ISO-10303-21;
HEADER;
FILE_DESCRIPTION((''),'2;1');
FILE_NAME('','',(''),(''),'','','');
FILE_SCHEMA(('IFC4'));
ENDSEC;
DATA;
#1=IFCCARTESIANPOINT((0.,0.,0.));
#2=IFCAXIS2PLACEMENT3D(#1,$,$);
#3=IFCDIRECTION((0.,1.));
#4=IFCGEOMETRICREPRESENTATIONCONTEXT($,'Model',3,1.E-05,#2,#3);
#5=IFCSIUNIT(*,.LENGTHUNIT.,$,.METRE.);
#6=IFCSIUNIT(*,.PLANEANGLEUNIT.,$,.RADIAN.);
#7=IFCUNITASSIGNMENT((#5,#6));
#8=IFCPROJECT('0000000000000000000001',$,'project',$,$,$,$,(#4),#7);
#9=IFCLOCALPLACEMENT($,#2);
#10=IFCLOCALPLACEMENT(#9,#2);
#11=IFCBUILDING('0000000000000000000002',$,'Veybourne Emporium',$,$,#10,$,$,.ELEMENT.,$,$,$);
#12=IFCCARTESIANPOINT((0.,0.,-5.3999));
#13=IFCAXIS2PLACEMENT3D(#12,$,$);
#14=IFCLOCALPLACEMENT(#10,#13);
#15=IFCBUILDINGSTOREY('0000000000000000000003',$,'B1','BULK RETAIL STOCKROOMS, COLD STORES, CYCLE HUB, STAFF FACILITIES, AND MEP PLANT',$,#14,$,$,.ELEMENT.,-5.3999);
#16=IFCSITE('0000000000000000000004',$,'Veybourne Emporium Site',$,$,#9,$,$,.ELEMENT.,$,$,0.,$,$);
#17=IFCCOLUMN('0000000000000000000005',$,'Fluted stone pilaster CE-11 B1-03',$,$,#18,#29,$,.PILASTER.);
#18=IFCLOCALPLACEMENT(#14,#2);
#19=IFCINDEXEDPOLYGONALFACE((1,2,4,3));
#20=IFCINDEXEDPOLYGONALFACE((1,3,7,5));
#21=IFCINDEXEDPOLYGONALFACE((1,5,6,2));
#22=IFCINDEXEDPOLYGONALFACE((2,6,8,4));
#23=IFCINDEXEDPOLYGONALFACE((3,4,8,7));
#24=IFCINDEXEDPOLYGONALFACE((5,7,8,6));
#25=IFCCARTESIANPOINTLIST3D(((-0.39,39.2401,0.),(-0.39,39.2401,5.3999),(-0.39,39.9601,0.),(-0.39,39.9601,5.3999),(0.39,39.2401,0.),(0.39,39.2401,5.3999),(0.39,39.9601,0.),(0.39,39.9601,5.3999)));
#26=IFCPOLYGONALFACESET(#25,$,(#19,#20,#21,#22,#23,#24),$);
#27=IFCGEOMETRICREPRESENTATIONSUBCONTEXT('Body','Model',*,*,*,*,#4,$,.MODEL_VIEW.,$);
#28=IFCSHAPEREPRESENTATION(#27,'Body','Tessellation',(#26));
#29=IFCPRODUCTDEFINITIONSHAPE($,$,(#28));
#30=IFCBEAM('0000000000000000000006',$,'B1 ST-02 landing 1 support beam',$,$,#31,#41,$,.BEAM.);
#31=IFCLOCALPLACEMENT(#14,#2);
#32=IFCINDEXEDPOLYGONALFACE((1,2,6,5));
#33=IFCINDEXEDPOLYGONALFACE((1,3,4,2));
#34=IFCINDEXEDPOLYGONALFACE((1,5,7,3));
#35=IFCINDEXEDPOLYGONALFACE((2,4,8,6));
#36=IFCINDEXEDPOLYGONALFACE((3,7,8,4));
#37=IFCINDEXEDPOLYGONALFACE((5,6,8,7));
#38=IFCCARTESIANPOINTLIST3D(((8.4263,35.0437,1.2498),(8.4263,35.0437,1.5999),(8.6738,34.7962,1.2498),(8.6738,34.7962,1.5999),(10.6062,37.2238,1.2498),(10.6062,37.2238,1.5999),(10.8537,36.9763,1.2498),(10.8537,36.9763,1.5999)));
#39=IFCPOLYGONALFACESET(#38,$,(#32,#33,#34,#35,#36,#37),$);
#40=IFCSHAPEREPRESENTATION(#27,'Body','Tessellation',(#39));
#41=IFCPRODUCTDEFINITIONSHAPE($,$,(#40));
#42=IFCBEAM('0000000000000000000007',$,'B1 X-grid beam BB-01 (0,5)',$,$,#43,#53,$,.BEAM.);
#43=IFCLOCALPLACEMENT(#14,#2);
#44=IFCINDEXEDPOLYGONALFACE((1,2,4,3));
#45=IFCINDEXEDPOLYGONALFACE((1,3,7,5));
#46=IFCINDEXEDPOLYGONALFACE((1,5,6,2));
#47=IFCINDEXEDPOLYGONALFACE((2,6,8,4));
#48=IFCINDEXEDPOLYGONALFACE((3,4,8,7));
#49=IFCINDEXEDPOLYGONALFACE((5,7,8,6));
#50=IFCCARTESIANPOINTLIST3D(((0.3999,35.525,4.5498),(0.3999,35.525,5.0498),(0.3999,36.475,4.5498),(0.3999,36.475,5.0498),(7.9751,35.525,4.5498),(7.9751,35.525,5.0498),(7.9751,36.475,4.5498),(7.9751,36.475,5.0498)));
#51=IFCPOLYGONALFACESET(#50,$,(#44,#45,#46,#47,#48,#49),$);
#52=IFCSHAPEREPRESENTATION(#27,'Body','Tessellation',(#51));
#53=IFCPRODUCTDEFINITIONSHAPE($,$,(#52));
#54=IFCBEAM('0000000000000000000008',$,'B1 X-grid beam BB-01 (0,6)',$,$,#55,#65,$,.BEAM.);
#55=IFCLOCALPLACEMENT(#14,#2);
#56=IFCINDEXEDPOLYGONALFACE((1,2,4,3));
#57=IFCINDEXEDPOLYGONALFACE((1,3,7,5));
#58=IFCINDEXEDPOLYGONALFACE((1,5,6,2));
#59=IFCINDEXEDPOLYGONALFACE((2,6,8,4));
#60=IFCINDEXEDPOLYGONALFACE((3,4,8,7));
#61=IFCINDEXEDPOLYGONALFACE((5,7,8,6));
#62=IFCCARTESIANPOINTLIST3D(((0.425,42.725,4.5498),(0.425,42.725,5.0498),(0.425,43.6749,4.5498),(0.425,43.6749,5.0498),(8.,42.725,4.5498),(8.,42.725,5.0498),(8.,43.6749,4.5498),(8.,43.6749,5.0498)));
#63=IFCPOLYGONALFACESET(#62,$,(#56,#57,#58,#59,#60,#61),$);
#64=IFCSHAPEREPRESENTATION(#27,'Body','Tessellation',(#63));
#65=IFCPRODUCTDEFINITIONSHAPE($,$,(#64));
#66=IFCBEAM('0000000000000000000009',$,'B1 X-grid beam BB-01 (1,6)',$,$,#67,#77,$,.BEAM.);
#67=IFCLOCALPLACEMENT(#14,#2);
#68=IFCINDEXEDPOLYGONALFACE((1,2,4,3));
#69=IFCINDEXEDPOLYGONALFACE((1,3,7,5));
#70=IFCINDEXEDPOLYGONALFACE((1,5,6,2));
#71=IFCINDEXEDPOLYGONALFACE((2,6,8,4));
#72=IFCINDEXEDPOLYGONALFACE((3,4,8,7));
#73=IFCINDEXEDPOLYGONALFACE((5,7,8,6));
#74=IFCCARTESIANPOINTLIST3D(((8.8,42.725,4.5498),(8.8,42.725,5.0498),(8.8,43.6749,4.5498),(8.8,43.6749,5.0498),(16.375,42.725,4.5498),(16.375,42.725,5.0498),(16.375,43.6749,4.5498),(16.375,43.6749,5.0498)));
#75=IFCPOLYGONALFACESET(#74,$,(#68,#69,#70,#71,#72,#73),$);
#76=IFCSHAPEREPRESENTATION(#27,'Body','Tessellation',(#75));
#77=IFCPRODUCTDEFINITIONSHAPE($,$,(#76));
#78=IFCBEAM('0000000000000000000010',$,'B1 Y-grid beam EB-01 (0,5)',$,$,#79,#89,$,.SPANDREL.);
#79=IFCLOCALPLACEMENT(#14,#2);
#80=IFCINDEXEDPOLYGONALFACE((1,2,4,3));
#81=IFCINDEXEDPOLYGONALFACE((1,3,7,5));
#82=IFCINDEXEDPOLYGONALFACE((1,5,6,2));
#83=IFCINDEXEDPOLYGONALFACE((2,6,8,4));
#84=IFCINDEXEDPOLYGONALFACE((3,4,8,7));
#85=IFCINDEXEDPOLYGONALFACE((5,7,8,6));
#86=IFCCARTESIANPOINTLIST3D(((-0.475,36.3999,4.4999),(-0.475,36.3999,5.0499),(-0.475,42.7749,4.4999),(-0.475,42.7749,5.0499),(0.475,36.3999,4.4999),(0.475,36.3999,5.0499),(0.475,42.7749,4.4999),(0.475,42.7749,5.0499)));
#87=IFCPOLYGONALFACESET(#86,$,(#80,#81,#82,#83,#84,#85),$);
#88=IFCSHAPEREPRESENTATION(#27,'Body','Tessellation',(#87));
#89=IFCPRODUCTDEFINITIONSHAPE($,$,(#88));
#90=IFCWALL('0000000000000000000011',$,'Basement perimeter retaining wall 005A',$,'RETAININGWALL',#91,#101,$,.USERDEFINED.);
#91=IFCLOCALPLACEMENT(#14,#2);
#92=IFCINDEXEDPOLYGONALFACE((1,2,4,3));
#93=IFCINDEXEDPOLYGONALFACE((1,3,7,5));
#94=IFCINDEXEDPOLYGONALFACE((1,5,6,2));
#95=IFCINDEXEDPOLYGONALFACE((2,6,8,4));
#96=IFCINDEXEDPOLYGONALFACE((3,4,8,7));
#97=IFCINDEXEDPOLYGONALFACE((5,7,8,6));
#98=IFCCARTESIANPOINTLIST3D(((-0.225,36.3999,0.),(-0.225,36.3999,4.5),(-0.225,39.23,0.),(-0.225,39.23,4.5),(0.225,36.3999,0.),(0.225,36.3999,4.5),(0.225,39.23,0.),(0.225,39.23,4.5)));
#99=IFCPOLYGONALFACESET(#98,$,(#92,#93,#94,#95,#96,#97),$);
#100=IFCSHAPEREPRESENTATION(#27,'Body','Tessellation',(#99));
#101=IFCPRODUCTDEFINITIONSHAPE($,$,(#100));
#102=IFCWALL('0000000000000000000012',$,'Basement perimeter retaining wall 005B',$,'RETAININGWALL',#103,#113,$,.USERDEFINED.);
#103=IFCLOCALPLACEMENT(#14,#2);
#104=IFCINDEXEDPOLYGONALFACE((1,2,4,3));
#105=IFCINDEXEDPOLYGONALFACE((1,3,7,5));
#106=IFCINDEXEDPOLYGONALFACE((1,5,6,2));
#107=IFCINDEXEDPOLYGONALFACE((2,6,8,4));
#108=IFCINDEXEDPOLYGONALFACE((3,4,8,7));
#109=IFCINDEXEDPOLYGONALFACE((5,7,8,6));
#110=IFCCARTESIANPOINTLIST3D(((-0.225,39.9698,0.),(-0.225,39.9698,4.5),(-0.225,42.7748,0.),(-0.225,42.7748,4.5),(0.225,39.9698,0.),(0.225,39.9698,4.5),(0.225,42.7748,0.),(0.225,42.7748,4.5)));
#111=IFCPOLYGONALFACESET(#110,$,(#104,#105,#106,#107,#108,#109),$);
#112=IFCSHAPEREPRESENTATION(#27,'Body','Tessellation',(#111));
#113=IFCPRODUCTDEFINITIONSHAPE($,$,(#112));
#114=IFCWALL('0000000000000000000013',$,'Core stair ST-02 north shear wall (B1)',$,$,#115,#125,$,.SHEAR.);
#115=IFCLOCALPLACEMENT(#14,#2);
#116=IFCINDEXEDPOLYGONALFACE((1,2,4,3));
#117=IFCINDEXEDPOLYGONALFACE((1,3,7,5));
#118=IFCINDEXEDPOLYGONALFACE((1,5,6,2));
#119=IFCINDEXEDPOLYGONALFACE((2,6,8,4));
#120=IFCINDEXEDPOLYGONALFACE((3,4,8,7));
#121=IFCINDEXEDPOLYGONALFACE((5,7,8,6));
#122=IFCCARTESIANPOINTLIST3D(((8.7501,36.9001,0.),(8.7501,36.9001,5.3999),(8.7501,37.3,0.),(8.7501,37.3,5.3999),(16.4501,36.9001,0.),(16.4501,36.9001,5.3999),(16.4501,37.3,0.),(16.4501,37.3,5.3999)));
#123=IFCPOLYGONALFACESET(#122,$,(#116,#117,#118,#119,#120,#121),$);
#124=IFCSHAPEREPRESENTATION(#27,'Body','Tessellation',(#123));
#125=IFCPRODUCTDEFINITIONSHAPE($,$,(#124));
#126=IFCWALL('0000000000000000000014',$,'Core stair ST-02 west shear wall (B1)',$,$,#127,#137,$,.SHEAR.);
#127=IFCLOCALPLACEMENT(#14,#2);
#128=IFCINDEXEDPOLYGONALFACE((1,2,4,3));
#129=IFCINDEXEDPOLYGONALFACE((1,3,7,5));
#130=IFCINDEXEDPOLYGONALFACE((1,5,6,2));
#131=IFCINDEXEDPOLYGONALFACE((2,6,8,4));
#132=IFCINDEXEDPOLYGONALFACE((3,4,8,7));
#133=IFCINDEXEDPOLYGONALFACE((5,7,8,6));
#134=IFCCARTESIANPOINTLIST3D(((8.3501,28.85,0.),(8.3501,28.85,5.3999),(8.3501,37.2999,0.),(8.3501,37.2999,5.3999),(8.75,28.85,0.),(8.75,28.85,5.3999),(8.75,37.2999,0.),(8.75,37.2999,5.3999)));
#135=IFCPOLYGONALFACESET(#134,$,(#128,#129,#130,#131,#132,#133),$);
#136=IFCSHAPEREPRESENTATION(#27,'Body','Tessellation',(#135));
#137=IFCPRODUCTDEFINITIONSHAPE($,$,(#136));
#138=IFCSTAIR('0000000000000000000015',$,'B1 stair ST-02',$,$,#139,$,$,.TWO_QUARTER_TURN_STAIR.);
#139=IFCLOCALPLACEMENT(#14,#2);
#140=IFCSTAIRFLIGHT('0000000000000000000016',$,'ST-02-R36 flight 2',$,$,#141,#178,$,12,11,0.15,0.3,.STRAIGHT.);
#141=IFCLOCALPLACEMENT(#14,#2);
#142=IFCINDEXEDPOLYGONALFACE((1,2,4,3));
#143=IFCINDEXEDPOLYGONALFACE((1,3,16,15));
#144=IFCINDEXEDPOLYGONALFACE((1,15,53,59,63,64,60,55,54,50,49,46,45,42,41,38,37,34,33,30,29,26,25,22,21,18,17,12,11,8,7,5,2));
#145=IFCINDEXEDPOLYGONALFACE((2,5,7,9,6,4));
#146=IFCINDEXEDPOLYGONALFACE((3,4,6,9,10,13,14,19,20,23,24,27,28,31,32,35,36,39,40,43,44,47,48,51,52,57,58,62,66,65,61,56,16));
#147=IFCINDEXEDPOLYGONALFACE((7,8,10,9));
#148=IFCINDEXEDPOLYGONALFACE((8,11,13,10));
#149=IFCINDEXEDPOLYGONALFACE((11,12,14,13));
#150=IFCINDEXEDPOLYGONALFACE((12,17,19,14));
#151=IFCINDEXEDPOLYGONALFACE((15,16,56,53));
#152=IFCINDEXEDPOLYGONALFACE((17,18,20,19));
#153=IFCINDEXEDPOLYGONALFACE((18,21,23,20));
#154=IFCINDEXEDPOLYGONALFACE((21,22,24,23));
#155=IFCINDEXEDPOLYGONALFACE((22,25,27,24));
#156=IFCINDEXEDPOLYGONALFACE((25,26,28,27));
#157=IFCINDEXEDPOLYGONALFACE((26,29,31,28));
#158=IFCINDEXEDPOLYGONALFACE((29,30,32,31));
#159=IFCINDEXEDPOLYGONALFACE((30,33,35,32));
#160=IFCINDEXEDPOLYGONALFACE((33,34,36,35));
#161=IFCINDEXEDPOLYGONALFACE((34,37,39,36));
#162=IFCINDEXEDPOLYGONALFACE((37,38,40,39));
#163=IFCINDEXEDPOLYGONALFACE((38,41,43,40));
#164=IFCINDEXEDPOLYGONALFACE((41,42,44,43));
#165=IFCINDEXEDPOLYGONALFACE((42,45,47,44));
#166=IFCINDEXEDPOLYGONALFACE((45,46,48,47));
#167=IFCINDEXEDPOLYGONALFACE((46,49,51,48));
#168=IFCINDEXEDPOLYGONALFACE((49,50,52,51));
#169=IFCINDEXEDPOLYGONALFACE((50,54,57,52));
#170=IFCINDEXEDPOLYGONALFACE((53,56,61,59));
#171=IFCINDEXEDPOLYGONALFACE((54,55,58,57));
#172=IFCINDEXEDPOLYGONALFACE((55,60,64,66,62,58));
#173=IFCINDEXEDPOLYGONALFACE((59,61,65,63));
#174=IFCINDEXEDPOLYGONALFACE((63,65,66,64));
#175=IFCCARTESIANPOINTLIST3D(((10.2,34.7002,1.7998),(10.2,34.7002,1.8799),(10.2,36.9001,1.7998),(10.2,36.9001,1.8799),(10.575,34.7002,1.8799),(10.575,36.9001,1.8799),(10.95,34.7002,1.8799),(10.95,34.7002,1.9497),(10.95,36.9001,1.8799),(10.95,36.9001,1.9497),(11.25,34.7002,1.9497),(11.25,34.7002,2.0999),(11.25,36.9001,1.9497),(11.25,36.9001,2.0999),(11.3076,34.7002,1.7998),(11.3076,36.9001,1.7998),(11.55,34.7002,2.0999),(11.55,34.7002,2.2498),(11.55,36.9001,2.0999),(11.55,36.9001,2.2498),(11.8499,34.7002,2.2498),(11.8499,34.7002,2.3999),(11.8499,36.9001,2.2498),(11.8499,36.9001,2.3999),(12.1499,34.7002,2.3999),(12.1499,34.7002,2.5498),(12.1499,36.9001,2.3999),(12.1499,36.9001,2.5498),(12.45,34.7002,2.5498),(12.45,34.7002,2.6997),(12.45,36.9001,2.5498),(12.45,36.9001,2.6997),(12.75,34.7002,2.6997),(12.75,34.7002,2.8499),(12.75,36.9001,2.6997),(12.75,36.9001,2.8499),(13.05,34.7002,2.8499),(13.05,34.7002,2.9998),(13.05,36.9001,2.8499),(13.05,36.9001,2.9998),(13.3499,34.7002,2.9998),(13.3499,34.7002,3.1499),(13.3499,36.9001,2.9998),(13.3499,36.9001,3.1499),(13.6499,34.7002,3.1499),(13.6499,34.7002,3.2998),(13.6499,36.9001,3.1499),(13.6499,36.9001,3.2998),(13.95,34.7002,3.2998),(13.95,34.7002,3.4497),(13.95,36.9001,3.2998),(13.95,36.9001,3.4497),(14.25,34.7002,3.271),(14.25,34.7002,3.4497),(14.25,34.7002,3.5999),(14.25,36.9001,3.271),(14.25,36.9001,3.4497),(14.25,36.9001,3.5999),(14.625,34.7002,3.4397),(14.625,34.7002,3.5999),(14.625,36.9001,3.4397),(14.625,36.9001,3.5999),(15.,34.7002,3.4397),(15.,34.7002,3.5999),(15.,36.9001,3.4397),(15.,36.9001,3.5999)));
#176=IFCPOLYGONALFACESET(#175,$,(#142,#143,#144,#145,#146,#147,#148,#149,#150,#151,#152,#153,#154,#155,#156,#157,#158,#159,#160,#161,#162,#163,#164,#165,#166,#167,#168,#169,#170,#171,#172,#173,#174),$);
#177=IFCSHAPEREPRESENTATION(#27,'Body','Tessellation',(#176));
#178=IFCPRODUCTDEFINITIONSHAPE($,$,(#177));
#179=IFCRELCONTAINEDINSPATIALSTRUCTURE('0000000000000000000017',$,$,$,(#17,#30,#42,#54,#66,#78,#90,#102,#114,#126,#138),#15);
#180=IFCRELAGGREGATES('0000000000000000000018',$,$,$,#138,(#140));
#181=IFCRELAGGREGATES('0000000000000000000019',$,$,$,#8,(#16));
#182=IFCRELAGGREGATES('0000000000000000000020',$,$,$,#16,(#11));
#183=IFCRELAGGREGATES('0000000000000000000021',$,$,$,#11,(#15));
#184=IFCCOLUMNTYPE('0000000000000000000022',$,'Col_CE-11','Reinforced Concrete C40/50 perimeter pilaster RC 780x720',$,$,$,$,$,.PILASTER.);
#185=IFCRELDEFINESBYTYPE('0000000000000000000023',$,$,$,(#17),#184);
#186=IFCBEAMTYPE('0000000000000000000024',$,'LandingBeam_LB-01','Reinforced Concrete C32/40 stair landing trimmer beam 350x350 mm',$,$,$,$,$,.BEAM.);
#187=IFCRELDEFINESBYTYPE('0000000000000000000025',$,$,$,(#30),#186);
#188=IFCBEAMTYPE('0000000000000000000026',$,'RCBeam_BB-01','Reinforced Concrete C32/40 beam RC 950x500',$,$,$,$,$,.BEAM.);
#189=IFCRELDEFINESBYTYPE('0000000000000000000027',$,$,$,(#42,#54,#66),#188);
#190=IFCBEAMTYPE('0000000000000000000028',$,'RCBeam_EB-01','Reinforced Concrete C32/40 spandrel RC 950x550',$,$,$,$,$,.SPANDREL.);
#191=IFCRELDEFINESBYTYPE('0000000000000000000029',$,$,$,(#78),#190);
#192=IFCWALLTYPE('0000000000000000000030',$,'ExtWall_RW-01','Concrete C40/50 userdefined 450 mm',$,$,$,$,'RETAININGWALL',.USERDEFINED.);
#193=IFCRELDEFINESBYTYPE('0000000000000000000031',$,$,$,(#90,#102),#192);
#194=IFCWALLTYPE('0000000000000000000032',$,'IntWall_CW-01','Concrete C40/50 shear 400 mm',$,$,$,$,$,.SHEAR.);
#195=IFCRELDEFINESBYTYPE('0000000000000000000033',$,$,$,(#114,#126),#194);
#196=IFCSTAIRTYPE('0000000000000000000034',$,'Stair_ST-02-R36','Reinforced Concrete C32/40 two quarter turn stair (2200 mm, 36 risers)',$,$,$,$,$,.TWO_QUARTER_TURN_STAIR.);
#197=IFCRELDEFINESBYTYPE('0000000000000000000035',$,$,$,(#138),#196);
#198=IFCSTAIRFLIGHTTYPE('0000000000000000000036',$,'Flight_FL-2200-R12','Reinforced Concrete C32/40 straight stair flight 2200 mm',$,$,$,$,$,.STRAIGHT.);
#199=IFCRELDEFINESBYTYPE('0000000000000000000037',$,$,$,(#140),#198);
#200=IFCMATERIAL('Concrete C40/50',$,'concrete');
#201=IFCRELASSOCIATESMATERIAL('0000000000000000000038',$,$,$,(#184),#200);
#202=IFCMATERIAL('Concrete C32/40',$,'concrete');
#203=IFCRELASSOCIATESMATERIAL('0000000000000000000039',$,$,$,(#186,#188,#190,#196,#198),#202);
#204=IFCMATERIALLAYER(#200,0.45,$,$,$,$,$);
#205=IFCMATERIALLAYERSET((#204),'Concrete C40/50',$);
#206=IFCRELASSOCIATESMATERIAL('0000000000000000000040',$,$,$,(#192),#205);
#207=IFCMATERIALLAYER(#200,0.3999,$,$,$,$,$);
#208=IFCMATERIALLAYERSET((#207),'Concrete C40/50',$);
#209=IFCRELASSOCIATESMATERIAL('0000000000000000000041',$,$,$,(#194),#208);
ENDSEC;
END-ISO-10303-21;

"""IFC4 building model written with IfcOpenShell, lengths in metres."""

from ifc_helpers import new_model, si_unit, direction, frame, frame_2d, origin, origin_2d, place, context, subcontext, project, spatial, polyline, rectangle, outline, extrude, material, layer, layer_set, material_profile, profile_set, type_object, element, aggregate, save


model = new_model("IFC4")

# Units and contexts
model_context = context("Model", 3, precision=1e-05, world=origin(), true_north=direction((0.0, 1.0)))
body_context = subcontext(model_context, "Body", "Model", "MODEL_VIEW")
ifc_project = project(units=[si_unit("LENGTHUNIT", "METRE"), si_unit("PLANEANGLEUNIT", "RADIAN")], contexts=[model_context])

# Site, building, storey
site_placement = place(None, origin())
site = spatial("IfcSite", under=ifc_project, at=site_placement, Name="Veybourne Emporium Site", CompositionType="ELEMENT", RefElevation=0.0)
building_placement = place(site_placement, origin())
building = spatial("IfcBuilding", under=site, at=building_placement, Name="Veybourne Emporium", CompositionType="ELEMENT")
storey_placement = place(building_placement, frame((0.0, 0.0, -5.3999)))
storey = spatial("IfcBuildingStorey", under=building, at=storey_placement, Name="B1", Description="BULK RETAIL STOCKROOMS, COLD STORES, CYCLE HUB, STAFF FACILITIES, AND MEP PLANT", CompositionType="ELEMENT", Elevation=-5.3999)

# Column
ifc_material_1 = material(Name="Concrete C40/50", Category="concrete")
ifc_material_profile_1 = material_profile(ifc_material_1, rectangle(XDim=0.78, YDim=0.72, at=origin_2d()), Name="RC 780x720")
ifc_profile_set_1 = profile_set([ifc_material_profile_1], Name="Concrete C40/50")
column_type_1 = type_object("IfcColumnType", Name="Col_CE-11", Description="Reinforced Concrete C40/50 perimeter pilaster RC 780x720", PredefinedType="PILASTER", material=ifc_profile_set_1)
column_1_placement = place(storey_placement, frame((0.0, 39.6001, 0.0), z_axis=(0.0, 0.0, 1.0), x_axis=(1.0, 0.0, 0.0)))
element("IfcColumn", 1, at=column_1_placement, inside=storey, type_object=column_type_1, Name="Fluted stone pilaster CE-11 B1-03", PredefinedType="PILASTER", context=body_context, shape_type="SweptSolid", body=[
    extrude(rectangle(XDim=0.78, YDim=0.72, at=origin_2d()), origin(), (0.0, 0.0, 1.0), 5.3999),
])

# Beams
ifc_material_2 = material(Name="Concrete C32/40", Category="concrete")
ifc_material_profile_2 = material_profile(ifc_material_2, rectangle(XDim=0.3501, YDim=0.3501, at=origin_2d()), Name="RC 350x350")
ifc_profile_set_2 = profile_set([ifc_material_profile_2], Name="Concrete C32/40")
beam_type_1 = type_object("IfcBeamType", Name="LandingBeam_LB-01", Description="Reinforced Concrete C32/40 stair landing trimmer beam 350x350 mm", PredefinedType="BEAM", material=ifc_profile_set_2)
beam_1_placement = place(storey_placement, frame((8.55, 34.9199, 1.4248), z_axis=(0.707067, 0.707146, 0.0), x_axis=(-0.707146, 0.707067, 0.0)))
element("IfcBeam", 2, at=beam_1_placement, inside=storey, type_object=beam_type_1, Name="B1 ST-02 landing 1 support beam", PredefinedType="BEAM", context=body_context, shape_type="SweptSolid", body=[
    extrude(rectangle(XDim=0.3501, YDim=0.3501, at=origin_2d()), origin(), (0.0, 0.0, 1.0), 3.083),
])
ifc_material_profile_3 = material_profile(ifc_material_2, rectangle(XDim=0.95, YDim=0.5, at=origin_2d()), Name="RC 950x500")
ifc_profile_set_3 = profile_set([ifc_material_profile_3], Name="Concrete C32/40")
beam_type_2 = type_object("IfcBeamType", Name="RCBeam_BB-01", Description="Reinforced Concrete C32/40 beam RC 950x500", PredefinedType="BEAM", material=ifc_profile_set_3)
beam_2_placement = place(storey_placement, frame((0.3999, 36.0, 4.7998), z_axis=(1.0, 0.0, 0.0), x_axis=(0.0, 1.0, 0.0)))
element("IfcBeam", 3, at=beam_2_placement, inside=storey, type_object=beam_type_2, Name="B1 X-grid beam BB-01 (0,5)", PredefinedType="BEAM", context=body_context, shape_type="SweptSolid", body=[
    extrude(rectangle(XDim=0.95, YDim=0.5, at=origin_2d()), origin(), (0.0, 0.0, 1.0), 7.5752),
])
for number, where, z_axis, x_axis, name in (
    (4, (0.425, 43.2, 4.7998), (1.0, 0.0, 0.0), (0.0, 1.0, 0.0), "B1 X-grid beam BB-01 (0,6)"),
    (5, (8.8, 43.2, 4.7998), (1.0, 0.0, 0.0), (0.0, 1.0, 0.0), "B1 X-grid beam BB-01 (1,6)"),
):
    element("IfcBeam", number, at=place(storey_placement, frame(where, z_axis=z_axis, x_axis=x_axis)), inside=storey, type_object=beam_type_2, Name=name, PredefinedType="BEAM", context=body_context, shape_type="SweptSolid", body=[
        extrude(rectangle(XDim=0.95, YDim=0.5, at=origin_2d()), origin(), (0.0, 0.0, 1.0), 7.575),
    ])
ifc_material_profile_4 = material_profile(ifc_material_2, rectangle(XDim=0.95, YDim=0.55, at=origin_2d()), Name="RC 950x550")
ifc_profile_set_4 = profile_set([ifc_material_profile_4], Name="Concrete C32/40")
beam_type_3 = type_object("IfcBeamType", Name="RCBeam_EB-01", Description="Reinforced Concrete C32/40 spandrel RC 950x550", PredefinedType="SPANDREL", material=ifc_profile_set_4)
beam_3_placement = place(storey_placement, frame((0.0, 36.3999, 4.7749), z_axis=(0.0, 1.0, 0.0), x_axis=(-1.0, 0.0, 0.0)))
element("IfcBeam", 6, at=beam_3_placement, inside=storey, type_object=beam_type_3, Name="B1 Y-grid beam EB-01 (0,5)", PredefinedType="SPANDREL", context=body_context, shape_type="SweptSolid", body=[
    extrude(rectangle(XDim=0.95, YDim=0.55, at=origin_2d()), origin(), (0.0, 0.0, 1.0), 6.375),
])

# Walls
ifc_layer_1 = layer(ifc_material_1, 0.45)
ifc_layer_set_1 = layer_set([ifc_layer_1], Name="Concrete C40/50")
wall_type_1 = type_object("IfcWallType", Name="ExtWall_RW-01", Description="Concrete C40/50 userdefined 450 mm", ElementType="RETAININGWALL", PredefinedType="USERDEFINED", material=ifc_layer_set_1)
wall_1_placement = place(storey_placement, frame((0.0, 36.3999, 0.0), z_axis=(0.0, 0.0, 1.0), x_axis=(0.0, 1.0, 0.0)))
element("IfcWall", 7, at=wall_1_placement, inside=storey, type_object=wall_type_1, Name="Basement perimeter retaining wall 005A", ObjectType="RETAININGWALL", PredefinedType="USERDEFINED", context=body_context, shape_type="SweptSolid", body=[
    extrude(rectangle(XDim=2.8301, YDim=0.45, at=frame_2d((1.415, 0.0))), origin(), (0.0, 0.0, 1.0), 4.5),
])
wall_2_placement = place(storey_placement, frame((0.0, 39.97, 0.0), z_axis=(0.0, 0.0, 1.0), x_axis=(0.0, 1.0, 0.0)))
element("IfcWall", 8, at=wall_2_placement, inside=storey, type_object=wall_type_1, Name="Basement perimeter retaining wall 005B", ObjectType="RETAININGWALL", PredefinedType="USERDEFINED", context=body_context, shape_type="SweptSolid", body=[
    extrude(rectangle(XDim=2.8049, YDim=0.45, at=frame_2d((1.4023, 0.0))), origin(), (0.0, 0.0, 1.0), 4.5),
])
ifc_layer_2 = layer(ifc_material_1, 0.3999)
ifc_layer_set_2 = layer_set([ifc_layer_2], Name="Concrete C40/50")
wall_type_2 = type_object("IfcWallType", Name="IntWall_CW-01", Description="Concrete C40/50 shear 400 mm", PredefinedType="SHEAR", material=ifc_layer_set_2)
wall_3_placement = place(storey_placement, frame((8.75, 37.1001, 0.0), z_axis=(0.0, 0.0, 1.0), x_axis=(1.0, 0.0, 0.0)))
element("IfcWall", 9, at=wall_3_placement, inside=storey, type_object=wall_type_2, Name="Core stair ST-02 north shear wall (B1)", PredefinedType="SHEAR", context=body_context, shape_type="SweptSolid", body=[
    extrude(rectangle(XDim=7.7, YDim=0.3999, at=frame_2d((3.8501, 0.0))), origin(), (0.0, 0.0, 1.0), 5.3999),
])
wall_4_placement = place(storey_placement, frame((8.55, 37.3, 0.0), z_axis=(0.0, 0.0, 1.0), x_axis=(0.0, -1.0, 0.0)))
element("IfcWall", 10, at=wall_4_placement, inside=storey, type_object=wall_type_2, Name="Core stair ST-02 west shear wall (B1)", PredefinedType="SHEAR", context=body_context, shape_type="SweptSolid", body=[
    extrude(rectangle(XDim=8.45, YDim=0.3999, at=frame_2d((4.2251, 0.0))), origin(), (0.0, 0.0, 1.0), 5.3999),
])

# Stair, stair flight
stair_type = type_object("IfcStairType", Name="Stair_ST-02-R36", Description="Reinforced Concrete C32/40 two quarter turn stair (2200 mm, 36 risers)", PredefinedType="TWO_QUARTER_TURN_STAIR", material=ifc_material_2)
stair_placement = place(storey_placement, origin())
stair = element("IfcStair", 11, at=stair_placement, inside=storey, type_object=stair_type, Name="B1 stair ST-02", PredefinedType="TWO_QUARTER_TURN_STAIR")
stair_flight_type = type_object("IfcStairFlightType", Name="Flight_FL-2200-R12", Description="Reinforced Concrete C32/40 straight stair flight 2200 mm", PredefinedType="STRAIGHT", material=ifc_material_2)
stair_flight_placement = place(storey_placement, frame((10.95, 35.8, 1.7998), z_axis=(0.0, 0.0, 1.0), x_axis=(1.0, 0.0, 0.0)))
stair_flight = element("IfcStairFlight", 12, at=stair_flight_placement, type_object=stair_flight_type, Name="ST-02-R36 flight 2", NumberOfRisers=12, NumberOfTreads=11, PredefinedType="STRAIGHT", RiserHeight=0.15, TreadLength=0.3, context=body_context, shape_type="SweptSolid", body=[
    extrude(outline(polyline([(-0.75, 0.0), (-0.75, 0.0801), (-0.375, 0.0801), (0.0, 0.0801), (0.0, 0.1499), (0.3, 0.1499), (0.3, 0.3), (0.6001, 0.3), (0.6001, 0.45), (0.8999, 0.45), (0.8999, 0.6001), (1.2, 0.6001), (1.2, 0.75), (1.5, 0.75), (1.5, 0.8999), (1.8, 0.8999), (1.8, 1.05), (2.1001, 1.05), (2.1001, 1.2), (2.3999, 1.2), (2.3999, 1.3501), (2.7, 1.3501), (2.7, 1.5), (3.0, 1.5), (3.0, 1.6499), (3.3, 1.6499), (3.3, 1.8), (3.675, 1.8), (4.05, 1.8), (4.05, 1.6399), (3.675, 1.6399), (3.3, 1.4712), (0.3577, 0.0), (-0.75, 0.0)])), frame((0.0, 1.1001, 0.0), z_axis=(0.0, -1.0, 0.0), x_axis=(1.0, 0.0, 0.0)), (0.0, 0.0, 1.0), 2.2),
])
aggregate(stair, [stair_flight])

save(model, "model.ifc")
